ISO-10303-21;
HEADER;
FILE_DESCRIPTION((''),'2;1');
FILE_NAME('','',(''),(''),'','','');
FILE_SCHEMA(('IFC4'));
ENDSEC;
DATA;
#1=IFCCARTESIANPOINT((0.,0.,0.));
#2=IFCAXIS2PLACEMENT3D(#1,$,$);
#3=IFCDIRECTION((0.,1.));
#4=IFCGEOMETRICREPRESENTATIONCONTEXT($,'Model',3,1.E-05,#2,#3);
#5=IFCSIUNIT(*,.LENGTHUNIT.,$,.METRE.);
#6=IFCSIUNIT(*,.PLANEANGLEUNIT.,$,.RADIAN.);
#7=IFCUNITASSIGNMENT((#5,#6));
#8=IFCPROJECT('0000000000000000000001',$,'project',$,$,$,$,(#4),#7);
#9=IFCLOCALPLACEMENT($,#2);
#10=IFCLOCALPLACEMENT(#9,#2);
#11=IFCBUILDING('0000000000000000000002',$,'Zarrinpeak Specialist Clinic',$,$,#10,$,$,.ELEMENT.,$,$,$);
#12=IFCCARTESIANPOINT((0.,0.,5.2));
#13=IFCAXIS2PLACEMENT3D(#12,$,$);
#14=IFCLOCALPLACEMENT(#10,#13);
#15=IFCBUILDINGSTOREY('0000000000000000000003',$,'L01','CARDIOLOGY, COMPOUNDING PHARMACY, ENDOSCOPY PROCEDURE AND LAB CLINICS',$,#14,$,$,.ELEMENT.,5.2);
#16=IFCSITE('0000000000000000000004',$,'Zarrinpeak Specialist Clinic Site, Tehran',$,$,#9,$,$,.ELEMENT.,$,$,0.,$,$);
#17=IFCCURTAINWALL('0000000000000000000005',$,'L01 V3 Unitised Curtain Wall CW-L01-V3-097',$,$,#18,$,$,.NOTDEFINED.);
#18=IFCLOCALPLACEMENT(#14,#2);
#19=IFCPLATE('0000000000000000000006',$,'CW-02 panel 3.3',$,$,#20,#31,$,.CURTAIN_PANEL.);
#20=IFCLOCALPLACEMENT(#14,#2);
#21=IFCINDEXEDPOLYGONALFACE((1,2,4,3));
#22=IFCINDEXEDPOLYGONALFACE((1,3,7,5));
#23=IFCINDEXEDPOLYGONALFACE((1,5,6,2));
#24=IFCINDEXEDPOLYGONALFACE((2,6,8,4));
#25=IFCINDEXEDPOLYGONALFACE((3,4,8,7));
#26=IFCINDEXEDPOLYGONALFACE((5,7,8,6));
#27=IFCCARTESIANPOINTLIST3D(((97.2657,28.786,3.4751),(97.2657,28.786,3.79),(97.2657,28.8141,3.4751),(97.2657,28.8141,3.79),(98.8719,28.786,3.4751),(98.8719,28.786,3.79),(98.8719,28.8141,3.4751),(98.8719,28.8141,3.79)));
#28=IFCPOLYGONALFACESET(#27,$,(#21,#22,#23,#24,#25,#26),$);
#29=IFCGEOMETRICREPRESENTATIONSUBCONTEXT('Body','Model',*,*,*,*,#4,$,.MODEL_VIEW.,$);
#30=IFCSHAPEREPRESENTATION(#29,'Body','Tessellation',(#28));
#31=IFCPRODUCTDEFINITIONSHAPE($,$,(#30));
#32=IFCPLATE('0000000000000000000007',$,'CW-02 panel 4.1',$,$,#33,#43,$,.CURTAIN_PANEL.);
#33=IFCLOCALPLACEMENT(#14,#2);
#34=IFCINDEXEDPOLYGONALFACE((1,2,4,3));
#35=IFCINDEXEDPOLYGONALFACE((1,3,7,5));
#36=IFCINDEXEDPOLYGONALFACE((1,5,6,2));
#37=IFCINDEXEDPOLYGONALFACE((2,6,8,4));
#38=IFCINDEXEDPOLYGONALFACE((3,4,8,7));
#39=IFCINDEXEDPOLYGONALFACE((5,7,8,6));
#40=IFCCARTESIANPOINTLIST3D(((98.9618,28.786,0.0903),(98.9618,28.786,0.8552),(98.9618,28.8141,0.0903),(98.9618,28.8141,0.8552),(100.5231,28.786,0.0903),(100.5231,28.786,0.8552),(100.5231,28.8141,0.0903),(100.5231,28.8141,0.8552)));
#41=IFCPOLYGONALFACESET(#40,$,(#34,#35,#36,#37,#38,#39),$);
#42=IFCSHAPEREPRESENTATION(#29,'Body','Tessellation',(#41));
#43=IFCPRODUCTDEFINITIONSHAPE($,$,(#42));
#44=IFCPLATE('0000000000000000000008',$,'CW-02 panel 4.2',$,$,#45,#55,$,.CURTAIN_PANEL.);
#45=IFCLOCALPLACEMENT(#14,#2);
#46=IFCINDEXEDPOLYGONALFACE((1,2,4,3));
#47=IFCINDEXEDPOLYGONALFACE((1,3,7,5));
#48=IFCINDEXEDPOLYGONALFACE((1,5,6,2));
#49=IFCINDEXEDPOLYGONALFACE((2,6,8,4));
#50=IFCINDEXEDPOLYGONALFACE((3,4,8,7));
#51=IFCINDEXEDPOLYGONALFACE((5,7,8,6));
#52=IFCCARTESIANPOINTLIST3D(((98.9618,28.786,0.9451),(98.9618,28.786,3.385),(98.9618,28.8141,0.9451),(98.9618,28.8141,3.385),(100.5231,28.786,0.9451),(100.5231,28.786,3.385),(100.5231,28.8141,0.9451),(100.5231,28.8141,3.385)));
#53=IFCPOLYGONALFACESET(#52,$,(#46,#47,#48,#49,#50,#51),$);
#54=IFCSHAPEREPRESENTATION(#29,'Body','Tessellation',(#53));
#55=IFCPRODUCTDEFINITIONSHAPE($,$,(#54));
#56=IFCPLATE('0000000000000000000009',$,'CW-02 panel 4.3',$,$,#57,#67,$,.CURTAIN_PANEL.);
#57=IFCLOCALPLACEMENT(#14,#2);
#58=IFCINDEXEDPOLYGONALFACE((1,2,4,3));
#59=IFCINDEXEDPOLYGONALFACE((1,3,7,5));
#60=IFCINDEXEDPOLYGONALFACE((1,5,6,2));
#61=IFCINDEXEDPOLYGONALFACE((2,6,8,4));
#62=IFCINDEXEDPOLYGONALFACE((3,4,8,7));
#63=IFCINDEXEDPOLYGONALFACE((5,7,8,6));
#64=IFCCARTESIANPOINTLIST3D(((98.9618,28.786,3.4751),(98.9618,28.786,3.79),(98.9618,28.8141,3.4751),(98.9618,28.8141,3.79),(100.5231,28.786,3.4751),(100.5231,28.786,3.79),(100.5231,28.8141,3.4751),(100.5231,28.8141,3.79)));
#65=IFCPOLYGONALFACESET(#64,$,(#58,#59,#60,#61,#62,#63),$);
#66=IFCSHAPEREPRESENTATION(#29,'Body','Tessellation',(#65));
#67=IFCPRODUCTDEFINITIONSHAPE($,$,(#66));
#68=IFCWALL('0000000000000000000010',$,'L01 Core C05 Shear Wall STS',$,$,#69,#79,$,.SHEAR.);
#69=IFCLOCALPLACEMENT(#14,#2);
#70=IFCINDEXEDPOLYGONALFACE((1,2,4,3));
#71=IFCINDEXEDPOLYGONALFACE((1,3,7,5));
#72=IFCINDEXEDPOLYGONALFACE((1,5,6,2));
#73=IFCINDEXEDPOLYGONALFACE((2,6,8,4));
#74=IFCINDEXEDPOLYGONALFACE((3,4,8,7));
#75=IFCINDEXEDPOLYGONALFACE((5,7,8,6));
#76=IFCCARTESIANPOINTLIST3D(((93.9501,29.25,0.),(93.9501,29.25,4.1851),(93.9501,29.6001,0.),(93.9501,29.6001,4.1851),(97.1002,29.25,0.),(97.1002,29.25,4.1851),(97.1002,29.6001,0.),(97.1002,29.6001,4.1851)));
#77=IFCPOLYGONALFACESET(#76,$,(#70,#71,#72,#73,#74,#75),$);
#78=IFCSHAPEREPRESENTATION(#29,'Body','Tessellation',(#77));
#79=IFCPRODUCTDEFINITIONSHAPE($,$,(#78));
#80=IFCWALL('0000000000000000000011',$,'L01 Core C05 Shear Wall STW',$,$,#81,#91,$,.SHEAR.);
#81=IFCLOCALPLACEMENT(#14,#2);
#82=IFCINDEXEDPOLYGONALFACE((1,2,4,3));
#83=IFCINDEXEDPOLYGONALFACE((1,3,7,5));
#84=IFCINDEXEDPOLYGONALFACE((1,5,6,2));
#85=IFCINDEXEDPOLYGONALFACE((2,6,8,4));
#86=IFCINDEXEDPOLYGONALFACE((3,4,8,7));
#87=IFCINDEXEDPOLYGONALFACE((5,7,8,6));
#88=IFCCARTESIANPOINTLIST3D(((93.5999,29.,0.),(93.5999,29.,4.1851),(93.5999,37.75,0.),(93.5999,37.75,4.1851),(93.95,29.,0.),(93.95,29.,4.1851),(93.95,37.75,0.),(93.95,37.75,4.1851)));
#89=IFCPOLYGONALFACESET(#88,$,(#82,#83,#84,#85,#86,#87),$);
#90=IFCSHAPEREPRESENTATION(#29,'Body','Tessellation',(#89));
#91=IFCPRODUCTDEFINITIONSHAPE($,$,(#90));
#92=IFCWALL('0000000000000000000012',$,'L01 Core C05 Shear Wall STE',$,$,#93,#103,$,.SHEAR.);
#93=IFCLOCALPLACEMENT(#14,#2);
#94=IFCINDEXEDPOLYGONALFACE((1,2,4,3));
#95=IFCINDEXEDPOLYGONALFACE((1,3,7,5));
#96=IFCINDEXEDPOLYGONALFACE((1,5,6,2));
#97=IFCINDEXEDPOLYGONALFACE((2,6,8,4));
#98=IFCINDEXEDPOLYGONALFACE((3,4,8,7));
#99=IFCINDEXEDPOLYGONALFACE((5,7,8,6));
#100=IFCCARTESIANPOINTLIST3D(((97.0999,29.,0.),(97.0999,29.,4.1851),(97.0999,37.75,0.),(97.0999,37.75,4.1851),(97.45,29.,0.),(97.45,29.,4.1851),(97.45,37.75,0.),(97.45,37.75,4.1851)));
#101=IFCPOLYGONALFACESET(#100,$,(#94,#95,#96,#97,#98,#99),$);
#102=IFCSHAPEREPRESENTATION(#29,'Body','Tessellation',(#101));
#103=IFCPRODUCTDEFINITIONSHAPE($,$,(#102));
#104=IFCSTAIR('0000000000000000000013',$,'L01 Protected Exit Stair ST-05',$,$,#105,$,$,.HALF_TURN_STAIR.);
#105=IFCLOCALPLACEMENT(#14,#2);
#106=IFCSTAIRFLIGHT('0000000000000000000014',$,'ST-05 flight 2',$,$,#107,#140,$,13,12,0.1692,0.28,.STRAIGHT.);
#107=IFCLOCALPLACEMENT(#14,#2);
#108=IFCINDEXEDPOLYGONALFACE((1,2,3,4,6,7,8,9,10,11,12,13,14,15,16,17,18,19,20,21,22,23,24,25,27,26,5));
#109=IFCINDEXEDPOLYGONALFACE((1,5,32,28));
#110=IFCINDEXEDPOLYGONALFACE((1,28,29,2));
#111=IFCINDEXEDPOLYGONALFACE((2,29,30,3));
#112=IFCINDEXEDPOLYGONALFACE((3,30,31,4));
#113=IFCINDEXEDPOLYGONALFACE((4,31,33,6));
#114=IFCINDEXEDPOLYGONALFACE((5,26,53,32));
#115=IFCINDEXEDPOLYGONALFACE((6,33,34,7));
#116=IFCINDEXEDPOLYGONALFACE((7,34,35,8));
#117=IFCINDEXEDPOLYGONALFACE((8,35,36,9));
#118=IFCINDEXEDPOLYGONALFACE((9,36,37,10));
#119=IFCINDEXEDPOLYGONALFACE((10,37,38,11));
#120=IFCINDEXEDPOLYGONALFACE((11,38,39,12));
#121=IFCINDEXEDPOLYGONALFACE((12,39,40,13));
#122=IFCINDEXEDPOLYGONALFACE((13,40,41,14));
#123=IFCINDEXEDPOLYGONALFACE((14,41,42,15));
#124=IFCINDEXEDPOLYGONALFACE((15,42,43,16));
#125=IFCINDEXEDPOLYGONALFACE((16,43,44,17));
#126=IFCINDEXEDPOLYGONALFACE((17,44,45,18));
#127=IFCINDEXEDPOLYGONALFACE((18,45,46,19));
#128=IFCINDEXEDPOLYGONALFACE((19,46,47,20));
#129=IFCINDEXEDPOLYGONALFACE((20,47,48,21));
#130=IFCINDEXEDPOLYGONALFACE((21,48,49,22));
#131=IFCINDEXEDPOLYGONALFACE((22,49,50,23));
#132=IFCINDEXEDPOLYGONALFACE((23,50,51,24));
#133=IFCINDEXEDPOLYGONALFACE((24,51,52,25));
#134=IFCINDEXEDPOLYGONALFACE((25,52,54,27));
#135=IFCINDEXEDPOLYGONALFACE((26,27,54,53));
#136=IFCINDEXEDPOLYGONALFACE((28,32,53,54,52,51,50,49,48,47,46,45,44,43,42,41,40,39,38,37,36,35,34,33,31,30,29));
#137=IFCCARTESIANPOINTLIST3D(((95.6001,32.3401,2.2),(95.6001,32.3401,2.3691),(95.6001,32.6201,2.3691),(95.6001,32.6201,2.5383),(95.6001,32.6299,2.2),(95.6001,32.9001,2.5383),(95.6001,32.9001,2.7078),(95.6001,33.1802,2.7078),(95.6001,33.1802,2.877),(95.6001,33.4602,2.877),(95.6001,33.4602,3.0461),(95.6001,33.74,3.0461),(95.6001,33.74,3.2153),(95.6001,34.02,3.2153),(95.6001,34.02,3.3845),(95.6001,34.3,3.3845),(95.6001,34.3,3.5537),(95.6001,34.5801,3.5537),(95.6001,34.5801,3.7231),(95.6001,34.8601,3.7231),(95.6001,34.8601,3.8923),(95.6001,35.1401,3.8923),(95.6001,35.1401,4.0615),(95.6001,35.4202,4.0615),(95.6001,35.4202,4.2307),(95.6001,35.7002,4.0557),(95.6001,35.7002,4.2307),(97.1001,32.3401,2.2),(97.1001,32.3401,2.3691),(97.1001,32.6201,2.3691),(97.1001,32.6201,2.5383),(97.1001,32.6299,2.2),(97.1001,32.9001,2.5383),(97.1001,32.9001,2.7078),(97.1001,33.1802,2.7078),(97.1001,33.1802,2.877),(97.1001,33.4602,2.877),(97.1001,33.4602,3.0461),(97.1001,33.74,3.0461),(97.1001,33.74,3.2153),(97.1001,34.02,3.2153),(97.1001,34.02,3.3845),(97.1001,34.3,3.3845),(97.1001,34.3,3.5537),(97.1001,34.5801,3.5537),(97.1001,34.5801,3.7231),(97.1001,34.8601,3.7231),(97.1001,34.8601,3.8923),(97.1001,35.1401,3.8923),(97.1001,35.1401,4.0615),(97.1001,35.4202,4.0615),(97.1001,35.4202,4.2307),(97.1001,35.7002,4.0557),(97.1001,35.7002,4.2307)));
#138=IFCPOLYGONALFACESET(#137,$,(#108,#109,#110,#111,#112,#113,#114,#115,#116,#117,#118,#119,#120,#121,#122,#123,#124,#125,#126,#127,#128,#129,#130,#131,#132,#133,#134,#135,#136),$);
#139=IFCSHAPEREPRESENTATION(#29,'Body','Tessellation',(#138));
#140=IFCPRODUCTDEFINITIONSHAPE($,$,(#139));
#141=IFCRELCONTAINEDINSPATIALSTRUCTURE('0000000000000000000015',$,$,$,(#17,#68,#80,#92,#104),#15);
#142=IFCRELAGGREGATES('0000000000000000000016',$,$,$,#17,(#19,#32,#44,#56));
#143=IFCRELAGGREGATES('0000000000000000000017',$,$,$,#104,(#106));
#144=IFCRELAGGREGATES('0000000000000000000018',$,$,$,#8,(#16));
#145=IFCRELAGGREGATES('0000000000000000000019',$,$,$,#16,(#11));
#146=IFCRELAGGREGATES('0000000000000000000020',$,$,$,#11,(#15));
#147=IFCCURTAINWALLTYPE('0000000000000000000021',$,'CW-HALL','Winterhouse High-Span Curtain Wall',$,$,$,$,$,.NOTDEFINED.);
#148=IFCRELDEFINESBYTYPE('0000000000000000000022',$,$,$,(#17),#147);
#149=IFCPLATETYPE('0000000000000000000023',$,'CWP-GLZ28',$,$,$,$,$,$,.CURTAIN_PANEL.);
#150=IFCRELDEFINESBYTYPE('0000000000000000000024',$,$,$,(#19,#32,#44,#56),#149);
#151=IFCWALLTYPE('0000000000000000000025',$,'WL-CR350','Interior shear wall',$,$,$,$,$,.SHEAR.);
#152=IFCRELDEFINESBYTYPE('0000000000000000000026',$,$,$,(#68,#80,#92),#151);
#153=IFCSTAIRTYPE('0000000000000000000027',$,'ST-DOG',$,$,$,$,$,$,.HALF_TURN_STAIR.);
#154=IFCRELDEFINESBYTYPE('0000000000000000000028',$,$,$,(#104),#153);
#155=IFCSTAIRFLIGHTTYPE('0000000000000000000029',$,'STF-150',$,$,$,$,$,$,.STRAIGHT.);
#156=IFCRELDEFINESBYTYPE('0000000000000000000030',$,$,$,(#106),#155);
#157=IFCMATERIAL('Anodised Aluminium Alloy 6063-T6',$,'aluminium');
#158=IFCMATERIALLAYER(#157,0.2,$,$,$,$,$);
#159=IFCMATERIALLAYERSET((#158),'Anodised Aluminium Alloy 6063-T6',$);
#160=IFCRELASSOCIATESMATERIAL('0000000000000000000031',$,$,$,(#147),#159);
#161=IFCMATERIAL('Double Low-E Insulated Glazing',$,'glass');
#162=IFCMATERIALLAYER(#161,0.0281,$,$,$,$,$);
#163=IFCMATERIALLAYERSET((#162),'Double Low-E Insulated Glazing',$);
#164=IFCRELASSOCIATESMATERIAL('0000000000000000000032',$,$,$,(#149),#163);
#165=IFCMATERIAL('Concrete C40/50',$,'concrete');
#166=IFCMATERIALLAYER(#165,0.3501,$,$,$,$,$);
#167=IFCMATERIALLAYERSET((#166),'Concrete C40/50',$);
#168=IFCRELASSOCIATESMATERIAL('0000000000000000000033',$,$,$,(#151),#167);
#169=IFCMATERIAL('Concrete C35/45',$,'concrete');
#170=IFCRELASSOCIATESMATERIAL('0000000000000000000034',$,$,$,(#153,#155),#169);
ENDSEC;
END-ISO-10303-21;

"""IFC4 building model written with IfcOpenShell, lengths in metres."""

from ifc_helpers import new_model, si_unit, direction, frame, frame_2d, origin, origin_2d, place, context, subcontext, project, spatial, polyline, rectangle, outline, extrude, material, layer, layer_set, type_object, element, aggregate, save


model = new_model("IFC4")

# Units and contexts
model_context = context("Model", 3, precision=1e-05, world=origin(), true_north=direction((0.0, 1.0)))
body_context = subcontext(model_context, "Body", "Model", "MODEL_VIEW")
ifc_project = project(units=[si_unit("LENGTHUNIT", "METRE"), si_unit("PLANEANGLEUNIT", "RADIAN")], contexts=[model_context])

# Site, building, storey
site_placement = place(None, origin())
site = spatial("IfcSite", under=ifc_project, at=site_placement, Name="Zarrinpeak Specialist Clinic Site, Tehran", CompositionType="ELEMENT", RefElevation=0.0)
building_placement = place(site_placement, origin())
building = spatial("IfcBuilding", under=site, at=building_placement, Name="Zarrinpeak Specialist Clinic", CompositionType="ELEMENT")
storey_placement = place(building_placement, frame((0.0, 0.0, 5.2)))
storey = spatial("IfcBuildingStorey", under=building, at=storey_placement, Name="L01", Description="CARDIOLOGY, COMPOUNDING PHARMACY, ENDOSCOPY PROCEDURE AND LAB CLINICS", CompositionType="ELEMENT", Elevation=5.2)

# Curtain wall, plates
ifc_material_1 = material(Name="Anodised Aluminium Alloy 6063-T6", Category="aluminium")
ifc_layer_1 = layer(ifc_material_1, 0.2)
ifc_layer_set_1 = layer_set([ifc_layer_1], Name="Anodised Aluminium Alloy 6063-T6")
curtain_wall_type = type_object("IfcCurtainWallType", Name="CW-HALL", Description="Winterhouse High-Span Curtain Wall", PredefinedType="NOTDEFINED", material=ifc_layer_set_1)
curtain_wall_placement = place(storey_placement, origin())
curtain_wall = element("IfcCurtainWall", 1, at=curtain_wall_placement, inside=storey, type_object=curtain_wall_type, Name="L01 V3 Unitised Curtain Wall CW-L01-V3-097", PredefinedType="NOTDEFINED")
ifc_material_2 = material(Name="Double Low-E Insulated Glazing", Category="glass")
ifc_layer_2 = layer(ifc_material_2, 0.0281)
ifc_layer_set_2 = layer_set([ifc_layer_2], Name="Double Low-E Insulated Glazing")
plate_type = type_object("IfcPlateType", Name="CWP-GLZ28", PredefinedType="CURTAIN_PANEL", material=ifc_layer_set_2)
plate_1_placement = place(storey_placement, frame((98.0688, 28.8, 3.4751), z_axis=(0.0, 0.0, 1.0), x_axis=(1.0, 0.0, 0.0)))
plate_1 = element("IfcPlate", 2, at=plate_1_placement, type_object=plate_type, Name="CW-02 panel 3.3", PredefinedType="CURTAIN_PANEL", context=body_context, shape_type="SweptSolid", body=[
    extrude(rectangle(XDim=1.6062, YDim=0.0281, at=origin_2d()), origin(), (0.0, 0.0, 1.0), 0.3149),
])
plate_2_placement = place(storey_placement, frame((99.7424, 28.8, 0.0903), z_axis=(0.0, 0.0, 1.0), x_axis=(1.0, 0.0, 0.0)))
plate_2 = element("IfcPlate", 3, at=plate_2_placement, type_object=plate_type, Name="CW-02 panel 4.1", PredefinedType="CURTAIN_PANEL", context=body_context, shape_type="SweptSolid", body=[
    extrude(rectangle(XDim=1.5613, YDim=0.0281, at=origin_2d()), origin(), (0.0, 0.0, 1.0), 0.7649),
])
plate_3_placement = place(storey_placement, frame((99.7424, 28.8, 0.9451), z_axis=(0.0, 0.0, 1.0), x_axis=(1.0, 0.0, 0.0)))
plate_3 = element("IfcPlate", 4, at=plate_3_placement, type_object=plate_type, Name="CW-02 panel 4.2", PredefinedType="CURTAIN_PANEL", context=body_context, shape_type="SweptSolid", body=[
    extrude(rectangle(XDim=1.5613, YDim=0.0281, at=origin_2d()), origin(), (0.0, 0.0, 1.0), 2.4399),
])
plate_4_placement = place(storey_placement, frame((99.7424, 28.8, 3.4751), z_axis=(0.0, 0.0, 1.0), x_axis=(1.0, 0.0, 0.0)))
plate_4 = element("IfcPlate", 5, at=plate_4_placement, type_object=plate_type, Name="CW-02 panel 4.3", PredefinedType="CURTAIN_PANEL", context=body_context, shape_type="SweptSolid", body=[
    extrude(rectangle(XDim=1.5613, YDim=0.0281, at=origin_2d()), origin(), (0.0, 0.0, 1.0), 0.3149),
])
aggregate(curtain_wall, [plate_1, plate_2, plate_3, plate_4])

# Walls
ifc_material_3 = material(Name="Concrete C40/50", Category="concrete")
ifc_layer_3 = layer(ifc_material_3, 0.3501)
ifc_layer_set_3 = layer_set([ifc_layer_3], Name="Concrete C40/50")
wall_type = type_object("IfcWallType", Name="WL-CR350", Description="Interior shear wall", PredefinedType="SHEAR", material=ifc_layer_set_3)
wall_placement = place(storey_placement, frame((93.95, 29.425, 0.0), z_axis=(0.0, 0.0, 1.0), x_axis=(1.0, 0.0, 0.0)))
element("IfcWall", 6, at=wall_placement, inside=storey, type_object=wall_type, Name="L01 Core C05 Shear Wall STS", PredefinedType="SHEAR", context=body_context, shape_type="SweptSolid", body=[
    extrude(rectangle(XDim=3.1501, YDim=0.3501, at=frame_2d((1.5752, 0.0))), origin(), (0.0, 0.0, 1.0), 4.1851),
])
for number, where, z_axis, x_axis, name in (
    (7, (93.7749, 29.0, 0.0), (0.0, 0.0, 1.0), (0.0, 1.0, 0.0), "L01 Core C05 Shear Wall STW"),
    (8, (97.2749, 29.0, 0.0), (0.0, 0.0, 1.0), (0.0, 1.0, 0.0), "L01 Core C05 Shear Wall STE"),
):
    element("IfcWall", number, at=place(storey_placement, frame(where, z_axis=z_axis, x_axis=x_axis)), inside=storey, type_object=wall_type, Name=name, PredefinedType="SHEAR", context=body_context, shape_type="SweptSolid", body=[
        extrude(rectangle(XDim=8.75, YDim=0.3501, at=frame_2d((4.375, 0.0))), origin(), (0.0, 0.0, 1.0), 4.1851),
    ])

# Stair, stair flight
ifc_material_4 = material(Name="Concrete C35/45", Category="concrete")
stair_type = type_object("IfcStairType", Name="ST-DOG", PredefinedType="HALF_TURN_STAIR", material=ifc_material_4)
stair_placement = place(storey_placement, origin())
stair = element("IfcStair", 9, at=stair_placement, inside=storey, type_object=stair_type, Name="L01 Protected Exit Stair ST-05", PredefinedType="HALF_TURN_STAIR")
stair_flight_type = type_object("IfcStairFlightType", Name="STF-150", PredefinedType="STRAIGHT", material=ifc_material_4)
stair_flight_placement = place(storey_placement, frame((96.3501, 32.3401, 2.2), z_axis=(0.0, 0.0, 1.0), x_axis=(0.0, 1.0, 0.0)))
stair_flight = element("IfcStairFlight", 10, at=stair_flight_placement, type_object=stair_flight_type, Name="ST-05 flight 2", NumberOfRisers=13, NumberOfTreads=12, PredefinedType="STRAIGHT", RiserHeight=0.1692, TreadLength=0.28, context=body_context, shape_type="SweptSolid", body=[
    extrude(outline(polyline([(0.0, 0.0), (0.0, 0.1692), (0.28, 0.1692), (0.28, 0.3384), (0.5601, 0.3384), (0.5601, 0.5078), (0.8401, 0.5078), (0.8401, 0.677), (1.1201, 0.677), (1.1201, 0.8462), (1.3999, 0.8462), (1.3999, 1.0154), (1.6799, 1.0154), (1.6799, 1.1846), (1.96, 1.1846), (1.96, 1.3538), (2.24, 1.3538), (2.24, 1.5232), (2.52, 1.5232), (2.52, 1.6924), (2.8, 1.6924), (2.8, 1.8616), (3.0801, 1.8616), (3.0801, 2.0308), (3.3601, 2.0308), (3.3601, 2.2), (3.3601, 1.8557), (0.2898, 0.0), (0.0, 0.0)])), frame((0.0, 0.75, 0.0), z_axis=(0.0, -1.0, 0.0), x_axis=(1.0, 0.0, 0.0)), (0.0, 0.0, 1.0), 1.5),
])
aggregate(stair, [stair_flight])

save(model, "model.ifc")
